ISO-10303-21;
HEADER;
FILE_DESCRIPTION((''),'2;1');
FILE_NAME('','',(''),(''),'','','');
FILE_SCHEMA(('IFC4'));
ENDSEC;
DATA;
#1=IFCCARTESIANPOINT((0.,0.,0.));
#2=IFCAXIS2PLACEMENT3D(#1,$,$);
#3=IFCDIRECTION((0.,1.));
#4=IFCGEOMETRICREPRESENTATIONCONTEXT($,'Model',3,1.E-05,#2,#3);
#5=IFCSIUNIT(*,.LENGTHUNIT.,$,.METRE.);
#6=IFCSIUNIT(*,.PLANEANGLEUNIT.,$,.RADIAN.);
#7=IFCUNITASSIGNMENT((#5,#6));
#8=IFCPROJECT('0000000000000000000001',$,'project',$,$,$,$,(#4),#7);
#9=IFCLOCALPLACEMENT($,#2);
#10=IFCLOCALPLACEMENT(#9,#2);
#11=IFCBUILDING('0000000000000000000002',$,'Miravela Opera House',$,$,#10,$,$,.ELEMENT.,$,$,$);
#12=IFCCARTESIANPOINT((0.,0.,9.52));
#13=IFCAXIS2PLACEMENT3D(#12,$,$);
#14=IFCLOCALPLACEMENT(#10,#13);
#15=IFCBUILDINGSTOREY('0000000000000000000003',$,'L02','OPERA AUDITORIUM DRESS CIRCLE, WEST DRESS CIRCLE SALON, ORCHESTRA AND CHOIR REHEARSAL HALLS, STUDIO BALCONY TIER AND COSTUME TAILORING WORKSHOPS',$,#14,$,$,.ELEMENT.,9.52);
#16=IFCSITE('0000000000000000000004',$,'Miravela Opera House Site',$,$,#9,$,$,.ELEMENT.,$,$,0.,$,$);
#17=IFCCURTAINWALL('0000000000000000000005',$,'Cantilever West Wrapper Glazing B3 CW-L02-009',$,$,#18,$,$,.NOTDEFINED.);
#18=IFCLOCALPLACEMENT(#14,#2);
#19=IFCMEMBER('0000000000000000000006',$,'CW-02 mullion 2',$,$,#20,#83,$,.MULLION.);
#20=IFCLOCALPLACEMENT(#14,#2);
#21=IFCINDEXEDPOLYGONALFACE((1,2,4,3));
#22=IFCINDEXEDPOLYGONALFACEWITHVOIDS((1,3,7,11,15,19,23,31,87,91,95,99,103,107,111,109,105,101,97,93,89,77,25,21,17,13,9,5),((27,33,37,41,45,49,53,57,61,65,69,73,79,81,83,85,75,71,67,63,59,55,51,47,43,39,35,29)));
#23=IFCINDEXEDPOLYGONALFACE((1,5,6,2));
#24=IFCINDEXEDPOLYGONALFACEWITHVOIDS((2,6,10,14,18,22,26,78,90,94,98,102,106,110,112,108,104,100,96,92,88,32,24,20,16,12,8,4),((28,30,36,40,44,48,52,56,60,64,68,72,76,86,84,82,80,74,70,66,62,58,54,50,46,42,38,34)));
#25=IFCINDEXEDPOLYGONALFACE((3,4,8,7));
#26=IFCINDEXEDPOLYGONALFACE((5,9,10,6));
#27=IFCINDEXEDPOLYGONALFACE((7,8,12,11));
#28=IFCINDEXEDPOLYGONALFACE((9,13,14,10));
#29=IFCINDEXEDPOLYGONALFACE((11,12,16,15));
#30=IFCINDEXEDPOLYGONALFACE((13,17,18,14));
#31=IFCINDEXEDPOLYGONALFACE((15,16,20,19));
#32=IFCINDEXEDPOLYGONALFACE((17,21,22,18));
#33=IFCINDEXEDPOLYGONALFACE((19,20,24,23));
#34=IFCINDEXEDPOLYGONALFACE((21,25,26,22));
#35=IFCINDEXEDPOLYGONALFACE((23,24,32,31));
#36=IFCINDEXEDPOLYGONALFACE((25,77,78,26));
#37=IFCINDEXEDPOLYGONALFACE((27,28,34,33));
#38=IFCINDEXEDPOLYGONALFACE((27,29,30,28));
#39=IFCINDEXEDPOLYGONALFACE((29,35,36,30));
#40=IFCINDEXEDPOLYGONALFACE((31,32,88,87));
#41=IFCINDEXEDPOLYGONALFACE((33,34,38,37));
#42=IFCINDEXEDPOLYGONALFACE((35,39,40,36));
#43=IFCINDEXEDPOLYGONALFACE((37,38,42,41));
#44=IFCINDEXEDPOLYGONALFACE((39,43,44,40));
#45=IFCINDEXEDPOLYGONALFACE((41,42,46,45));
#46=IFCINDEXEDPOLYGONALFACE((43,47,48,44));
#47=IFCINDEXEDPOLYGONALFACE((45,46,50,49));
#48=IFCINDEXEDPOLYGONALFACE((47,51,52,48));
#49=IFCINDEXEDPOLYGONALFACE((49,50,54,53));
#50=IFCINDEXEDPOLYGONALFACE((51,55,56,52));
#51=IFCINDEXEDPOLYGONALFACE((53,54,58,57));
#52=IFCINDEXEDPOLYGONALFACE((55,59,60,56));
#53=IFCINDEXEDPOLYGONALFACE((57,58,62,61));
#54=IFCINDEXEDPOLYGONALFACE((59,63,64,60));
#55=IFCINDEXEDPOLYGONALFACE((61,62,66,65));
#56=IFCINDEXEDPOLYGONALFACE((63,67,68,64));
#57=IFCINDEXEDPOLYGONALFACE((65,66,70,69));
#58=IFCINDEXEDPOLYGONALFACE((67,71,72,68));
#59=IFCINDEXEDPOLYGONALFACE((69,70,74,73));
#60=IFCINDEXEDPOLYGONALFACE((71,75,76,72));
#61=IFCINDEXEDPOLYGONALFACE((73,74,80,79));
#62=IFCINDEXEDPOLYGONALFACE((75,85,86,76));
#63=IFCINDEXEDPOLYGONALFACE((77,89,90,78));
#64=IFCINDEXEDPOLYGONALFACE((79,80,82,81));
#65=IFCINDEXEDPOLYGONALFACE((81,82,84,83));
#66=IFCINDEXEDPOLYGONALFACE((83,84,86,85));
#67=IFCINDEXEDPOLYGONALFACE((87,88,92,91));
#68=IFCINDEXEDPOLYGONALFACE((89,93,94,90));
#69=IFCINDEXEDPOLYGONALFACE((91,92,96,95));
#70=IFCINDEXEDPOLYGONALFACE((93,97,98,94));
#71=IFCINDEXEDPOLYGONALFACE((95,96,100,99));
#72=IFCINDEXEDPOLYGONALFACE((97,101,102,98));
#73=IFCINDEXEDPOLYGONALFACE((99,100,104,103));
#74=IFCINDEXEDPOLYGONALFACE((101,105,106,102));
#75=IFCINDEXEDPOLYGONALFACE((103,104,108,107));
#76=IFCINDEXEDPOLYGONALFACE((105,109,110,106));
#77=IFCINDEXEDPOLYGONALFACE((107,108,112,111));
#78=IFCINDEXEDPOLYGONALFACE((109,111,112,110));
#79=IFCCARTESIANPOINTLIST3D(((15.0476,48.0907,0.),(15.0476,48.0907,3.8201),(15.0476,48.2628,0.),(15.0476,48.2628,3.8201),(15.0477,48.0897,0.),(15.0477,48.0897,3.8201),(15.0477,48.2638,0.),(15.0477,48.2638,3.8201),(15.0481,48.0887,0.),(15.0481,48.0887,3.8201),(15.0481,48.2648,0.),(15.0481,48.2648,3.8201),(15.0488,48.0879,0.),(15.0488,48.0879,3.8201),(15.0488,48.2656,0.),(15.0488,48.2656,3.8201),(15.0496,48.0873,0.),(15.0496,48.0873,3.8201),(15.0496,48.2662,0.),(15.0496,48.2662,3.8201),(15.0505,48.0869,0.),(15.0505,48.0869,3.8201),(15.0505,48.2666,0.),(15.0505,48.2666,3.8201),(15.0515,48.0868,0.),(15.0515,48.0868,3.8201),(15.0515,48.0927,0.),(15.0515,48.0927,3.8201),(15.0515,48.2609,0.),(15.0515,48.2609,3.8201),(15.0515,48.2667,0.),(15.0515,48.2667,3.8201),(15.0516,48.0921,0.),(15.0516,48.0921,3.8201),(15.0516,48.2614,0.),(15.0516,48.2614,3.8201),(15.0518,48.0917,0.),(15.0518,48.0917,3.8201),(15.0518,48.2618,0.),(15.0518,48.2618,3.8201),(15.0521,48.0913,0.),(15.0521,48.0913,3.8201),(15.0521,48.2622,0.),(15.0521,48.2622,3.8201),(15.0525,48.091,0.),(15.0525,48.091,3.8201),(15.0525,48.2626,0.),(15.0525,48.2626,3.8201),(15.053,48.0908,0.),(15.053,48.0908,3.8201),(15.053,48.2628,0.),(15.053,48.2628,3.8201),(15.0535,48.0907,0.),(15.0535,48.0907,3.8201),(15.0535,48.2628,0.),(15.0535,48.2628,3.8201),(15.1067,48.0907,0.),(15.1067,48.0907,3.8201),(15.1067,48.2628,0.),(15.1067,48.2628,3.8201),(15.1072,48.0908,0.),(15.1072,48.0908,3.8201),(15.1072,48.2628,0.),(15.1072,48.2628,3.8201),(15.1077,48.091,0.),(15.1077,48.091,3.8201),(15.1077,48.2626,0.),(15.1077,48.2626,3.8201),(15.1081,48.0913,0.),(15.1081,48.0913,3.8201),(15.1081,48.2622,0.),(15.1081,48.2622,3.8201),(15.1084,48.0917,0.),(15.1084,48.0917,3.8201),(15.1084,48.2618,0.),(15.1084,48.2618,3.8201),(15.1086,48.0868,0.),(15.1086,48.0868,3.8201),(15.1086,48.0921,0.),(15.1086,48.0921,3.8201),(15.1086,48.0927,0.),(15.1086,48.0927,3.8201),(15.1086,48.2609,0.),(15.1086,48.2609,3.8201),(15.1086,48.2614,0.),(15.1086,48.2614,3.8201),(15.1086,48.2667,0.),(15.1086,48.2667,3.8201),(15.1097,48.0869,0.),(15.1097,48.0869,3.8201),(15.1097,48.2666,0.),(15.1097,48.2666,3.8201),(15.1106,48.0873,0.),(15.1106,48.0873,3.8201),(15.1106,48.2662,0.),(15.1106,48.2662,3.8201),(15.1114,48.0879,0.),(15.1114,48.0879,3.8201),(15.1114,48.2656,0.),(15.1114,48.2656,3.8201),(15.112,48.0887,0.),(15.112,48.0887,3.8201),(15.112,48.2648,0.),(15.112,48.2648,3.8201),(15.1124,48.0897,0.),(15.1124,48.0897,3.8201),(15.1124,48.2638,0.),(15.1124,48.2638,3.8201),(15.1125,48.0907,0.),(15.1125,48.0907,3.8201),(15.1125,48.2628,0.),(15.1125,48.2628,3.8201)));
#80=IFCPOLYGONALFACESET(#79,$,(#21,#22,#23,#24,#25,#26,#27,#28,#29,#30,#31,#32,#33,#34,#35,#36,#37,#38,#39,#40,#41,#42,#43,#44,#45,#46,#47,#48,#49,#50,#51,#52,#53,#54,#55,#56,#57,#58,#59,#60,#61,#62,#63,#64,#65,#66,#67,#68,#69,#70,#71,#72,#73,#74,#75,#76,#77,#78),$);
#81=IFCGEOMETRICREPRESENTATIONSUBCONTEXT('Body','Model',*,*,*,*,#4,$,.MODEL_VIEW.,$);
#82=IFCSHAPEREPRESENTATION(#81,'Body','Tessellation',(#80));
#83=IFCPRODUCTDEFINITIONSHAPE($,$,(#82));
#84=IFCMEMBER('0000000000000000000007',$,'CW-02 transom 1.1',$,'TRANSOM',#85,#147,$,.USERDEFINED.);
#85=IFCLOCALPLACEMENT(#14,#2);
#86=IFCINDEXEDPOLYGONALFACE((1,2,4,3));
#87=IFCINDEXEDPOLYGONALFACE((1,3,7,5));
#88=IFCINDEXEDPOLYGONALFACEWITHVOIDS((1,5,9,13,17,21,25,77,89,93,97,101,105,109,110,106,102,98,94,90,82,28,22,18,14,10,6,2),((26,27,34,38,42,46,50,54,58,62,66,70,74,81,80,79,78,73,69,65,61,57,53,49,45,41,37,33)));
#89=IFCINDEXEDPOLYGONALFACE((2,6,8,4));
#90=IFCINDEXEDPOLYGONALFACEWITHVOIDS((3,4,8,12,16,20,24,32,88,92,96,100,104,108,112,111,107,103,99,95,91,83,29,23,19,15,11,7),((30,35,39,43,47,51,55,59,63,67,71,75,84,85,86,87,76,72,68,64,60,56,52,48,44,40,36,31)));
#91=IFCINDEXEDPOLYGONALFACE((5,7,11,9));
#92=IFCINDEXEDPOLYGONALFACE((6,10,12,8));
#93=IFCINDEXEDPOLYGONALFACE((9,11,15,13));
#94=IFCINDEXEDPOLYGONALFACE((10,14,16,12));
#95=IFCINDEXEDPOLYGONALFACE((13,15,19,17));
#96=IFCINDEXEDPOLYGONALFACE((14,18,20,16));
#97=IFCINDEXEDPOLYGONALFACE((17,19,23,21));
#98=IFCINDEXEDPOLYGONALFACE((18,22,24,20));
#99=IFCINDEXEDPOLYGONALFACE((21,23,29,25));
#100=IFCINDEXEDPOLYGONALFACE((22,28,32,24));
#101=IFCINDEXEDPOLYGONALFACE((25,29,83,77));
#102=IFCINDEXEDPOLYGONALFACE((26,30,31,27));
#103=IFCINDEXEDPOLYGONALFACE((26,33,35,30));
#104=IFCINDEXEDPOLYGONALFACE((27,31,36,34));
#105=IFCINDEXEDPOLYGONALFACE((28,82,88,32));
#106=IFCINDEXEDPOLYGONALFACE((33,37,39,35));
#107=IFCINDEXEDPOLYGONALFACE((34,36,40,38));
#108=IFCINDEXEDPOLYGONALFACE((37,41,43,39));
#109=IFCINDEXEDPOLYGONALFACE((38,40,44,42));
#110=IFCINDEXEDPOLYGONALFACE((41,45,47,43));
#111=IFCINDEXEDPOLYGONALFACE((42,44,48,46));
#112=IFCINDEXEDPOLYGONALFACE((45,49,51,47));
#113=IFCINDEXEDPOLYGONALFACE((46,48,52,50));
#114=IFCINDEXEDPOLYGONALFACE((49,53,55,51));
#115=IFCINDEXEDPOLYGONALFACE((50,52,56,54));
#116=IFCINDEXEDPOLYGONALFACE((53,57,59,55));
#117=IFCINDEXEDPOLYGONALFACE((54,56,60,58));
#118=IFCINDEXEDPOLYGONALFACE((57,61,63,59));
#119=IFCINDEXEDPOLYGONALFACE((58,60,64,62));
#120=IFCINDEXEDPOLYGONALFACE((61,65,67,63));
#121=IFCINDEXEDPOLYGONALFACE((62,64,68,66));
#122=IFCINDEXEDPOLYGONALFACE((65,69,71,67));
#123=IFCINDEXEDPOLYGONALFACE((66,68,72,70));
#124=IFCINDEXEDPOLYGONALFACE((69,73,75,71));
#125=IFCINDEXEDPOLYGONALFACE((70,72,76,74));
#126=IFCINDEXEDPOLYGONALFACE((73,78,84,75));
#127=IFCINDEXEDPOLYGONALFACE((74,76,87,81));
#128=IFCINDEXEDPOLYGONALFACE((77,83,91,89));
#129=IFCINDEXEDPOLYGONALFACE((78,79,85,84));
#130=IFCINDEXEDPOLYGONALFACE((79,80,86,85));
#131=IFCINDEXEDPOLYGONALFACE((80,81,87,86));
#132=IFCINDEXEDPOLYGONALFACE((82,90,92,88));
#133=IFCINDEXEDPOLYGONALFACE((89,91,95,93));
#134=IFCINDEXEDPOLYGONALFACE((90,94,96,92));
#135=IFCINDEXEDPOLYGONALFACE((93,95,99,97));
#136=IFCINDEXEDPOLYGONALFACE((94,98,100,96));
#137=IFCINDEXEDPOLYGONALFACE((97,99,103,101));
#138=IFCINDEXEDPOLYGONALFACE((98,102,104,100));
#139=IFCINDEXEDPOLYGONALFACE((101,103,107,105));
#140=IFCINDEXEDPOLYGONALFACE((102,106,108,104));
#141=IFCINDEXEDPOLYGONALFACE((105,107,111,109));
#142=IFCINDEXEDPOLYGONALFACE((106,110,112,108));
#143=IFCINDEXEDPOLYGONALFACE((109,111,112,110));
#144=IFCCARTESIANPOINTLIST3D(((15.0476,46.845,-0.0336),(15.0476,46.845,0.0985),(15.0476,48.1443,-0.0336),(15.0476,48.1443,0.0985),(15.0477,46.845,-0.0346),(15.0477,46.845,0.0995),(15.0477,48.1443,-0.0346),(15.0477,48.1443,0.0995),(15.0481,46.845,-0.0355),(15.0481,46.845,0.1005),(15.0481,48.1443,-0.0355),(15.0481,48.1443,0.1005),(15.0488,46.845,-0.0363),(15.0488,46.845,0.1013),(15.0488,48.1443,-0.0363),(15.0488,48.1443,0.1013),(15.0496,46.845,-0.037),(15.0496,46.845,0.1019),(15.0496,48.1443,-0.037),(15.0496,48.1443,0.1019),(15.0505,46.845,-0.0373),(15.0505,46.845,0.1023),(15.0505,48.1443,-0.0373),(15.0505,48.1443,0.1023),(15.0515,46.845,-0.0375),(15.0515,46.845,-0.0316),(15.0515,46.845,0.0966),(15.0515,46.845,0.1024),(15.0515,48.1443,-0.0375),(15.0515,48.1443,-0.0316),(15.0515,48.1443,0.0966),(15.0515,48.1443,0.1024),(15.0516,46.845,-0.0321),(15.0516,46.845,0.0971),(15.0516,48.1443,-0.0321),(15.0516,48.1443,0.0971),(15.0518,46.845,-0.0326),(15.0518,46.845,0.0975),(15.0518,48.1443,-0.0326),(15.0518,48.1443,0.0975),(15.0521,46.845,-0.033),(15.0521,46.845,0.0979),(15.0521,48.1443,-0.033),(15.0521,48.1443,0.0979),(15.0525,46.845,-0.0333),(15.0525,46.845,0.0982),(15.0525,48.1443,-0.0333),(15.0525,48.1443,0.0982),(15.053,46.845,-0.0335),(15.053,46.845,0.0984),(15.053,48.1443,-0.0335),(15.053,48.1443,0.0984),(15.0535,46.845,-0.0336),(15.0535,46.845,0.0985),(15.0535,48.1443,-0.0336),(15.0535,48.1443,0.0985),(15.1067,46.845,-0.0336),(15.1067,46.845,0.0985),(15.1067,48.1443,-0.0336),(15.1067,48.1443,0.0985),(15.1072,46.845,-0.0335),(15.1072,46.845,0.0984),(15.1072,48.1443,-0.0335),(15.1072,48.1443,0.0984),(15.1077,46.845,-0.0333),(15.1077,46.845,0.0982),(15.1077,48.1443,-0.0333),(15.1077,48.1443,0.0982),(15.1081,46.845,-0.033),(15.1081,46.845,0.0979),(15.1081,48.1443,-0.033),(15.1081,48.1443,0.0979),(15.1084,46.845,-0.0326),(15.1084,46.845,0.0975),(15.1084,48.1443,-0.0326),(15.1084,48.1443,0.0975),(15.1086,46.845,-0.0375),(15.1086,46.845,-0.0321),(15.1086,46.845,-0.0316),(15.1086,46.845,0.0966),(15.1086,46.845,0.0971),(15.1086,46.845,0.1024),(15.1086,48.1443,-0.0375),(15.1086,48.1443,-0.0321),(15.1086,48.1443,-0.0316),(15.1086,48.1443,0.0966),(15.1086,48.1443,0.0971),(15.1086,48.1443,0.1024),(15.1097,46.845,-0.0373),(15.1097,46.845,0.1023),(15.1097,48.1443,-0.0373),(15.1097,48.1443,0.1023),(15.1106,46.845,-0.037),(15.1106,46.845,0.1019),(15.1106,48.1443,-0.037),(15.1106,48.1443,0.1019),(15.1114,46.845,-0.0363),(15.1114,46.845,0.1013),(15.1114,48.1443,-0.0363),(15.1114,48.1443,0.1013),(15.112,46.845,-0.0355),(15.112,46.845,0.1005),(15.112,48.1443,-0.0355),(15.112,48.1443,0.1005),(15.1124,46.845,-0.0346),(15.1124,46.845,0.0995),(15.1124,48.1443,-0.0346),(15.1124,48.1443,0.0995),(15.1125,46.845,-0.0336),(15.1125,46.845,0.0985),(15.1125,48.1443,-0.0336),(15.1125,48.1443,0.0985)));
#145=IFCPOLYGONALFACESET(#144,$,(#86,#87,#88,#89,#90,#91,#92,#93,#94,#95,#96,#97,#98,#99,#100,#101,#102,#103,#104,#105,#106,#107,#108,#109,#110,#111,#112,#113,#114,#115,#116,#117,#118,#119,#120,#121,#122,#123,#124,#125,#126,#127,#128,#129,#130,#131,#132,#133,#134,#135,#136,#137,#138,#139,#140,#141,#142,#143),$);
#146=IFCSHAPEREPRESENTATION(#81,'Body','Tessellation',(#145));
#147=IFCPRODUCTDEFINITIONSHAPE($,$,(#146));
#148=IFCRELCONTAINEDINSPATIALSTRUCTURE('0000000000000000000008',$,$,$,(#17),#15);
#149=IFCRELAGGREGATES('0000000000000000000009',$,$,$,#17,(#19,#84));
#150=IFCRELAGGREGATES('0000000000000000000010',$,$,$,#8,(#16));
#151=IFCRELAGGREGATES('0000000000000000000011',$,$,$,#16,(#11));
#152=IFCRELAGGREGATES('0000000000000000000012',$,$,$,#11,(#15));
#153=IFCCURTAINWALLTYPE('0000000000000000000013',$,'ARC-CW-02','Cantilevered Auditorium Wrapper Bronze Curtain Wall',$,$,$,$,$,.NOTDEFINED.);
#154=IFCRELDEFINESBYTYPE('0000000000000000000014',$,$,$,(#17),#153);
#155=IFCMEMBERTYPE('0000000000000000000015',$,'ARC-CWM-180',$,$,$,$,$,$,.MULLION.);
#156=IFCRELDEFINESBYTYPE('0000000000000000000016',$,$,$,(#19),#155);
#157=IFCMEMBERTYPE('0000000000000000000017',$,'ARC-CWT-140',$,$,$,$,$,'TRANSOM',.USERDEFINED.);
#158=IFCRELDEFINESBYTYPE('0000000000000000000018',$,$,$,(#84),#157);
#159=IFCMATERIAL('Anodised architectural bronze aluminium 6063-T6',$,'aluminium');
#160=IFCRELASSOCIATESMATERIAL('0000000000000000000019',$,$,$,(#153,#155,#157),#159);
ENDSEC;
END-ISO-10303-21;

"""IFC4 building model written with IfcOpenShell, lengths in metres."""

from ifc_helpers import new_model, si_unit, direction, frame, origin, origin_2d, place, context, subcontext, project, spatial, hollow_rectangle, extrude, material, material_profile, profile_set, type_object, element, aggregate, save


model = new_model("IFC4")

# Units and contexts
model_context = context("Model", 3, precision=1e-05, world=origin(), true_north=direction((0.0, 1.0)))
body_context = subcontext(model_context, "Body", "Model", "MODEL_VIEW")
ifc_project = project(units=[si_unit("LENGTHUNIT", "METRE"), si_unit("PLANEANGLEUNIT", "RADIAN")], contexts=[model_context])

# Site, building, storey
site_placement = place(None, origin())
site = spatial("IfcSite", under=ifc_project, at=site_placement, Name="Miravela Opera House Site", CompositionType="ELEMENT", RefElevation=0.0)
building_placement = place(site_placement, origin())
building = spatial("IfcBuilding", under=site, at=building_placement, Name="Miravela Opera House", CompositionType="ELEMENT")
storey_placement = place(building_placement, frame((0.0, 0.0, 9.52)))
storey = spatial("IfcBuildingStorey", under=building, at=storey_placement, Name="L02", Description="OPERA AUDITORIUM DRESS CIRCLE, WEST DRESS CIRCLE SALON, ORCHESTRA AND CHOIR REHEARSAL HALLS, STUDIO BALCONY TIER AND COSTUME TAILORING WORKSHOPS", CompositionType="ELEMENT", Elevation=9.52)

# Shared definitions
ifc_material_1 = material(Name="Anodised architectural bronze aluminium 6063-T6", Category="aluminium")
curtain_wall_type = type_object("IfcCurtainWallType", Name="ARC-CW-02", Description="Cantilevered Auditorium Wrapper Bronze Curtain Wall", PredefinedType="NOTDEFINED", material=ifc_material_1)
ifc_material_profile_1 = material_profile(ifc_material_1, hollow_rectangle(XDim=0.0649, YDim=0.1799, WallThickness=0.0039, InnerFilletRadius=0.002, OuterFilletRadius=0.0039, at=origin_2d()), Name="CWM-65X180")
ifc_profile_set_1 = profile_set([ifc_material_profile_1])
member_type_1 = type_object("IfcMemberType", Name="ARC-CWM-180", PredefinedType="MULLION", material=ifc_profile_set_1)

# Curtain wall, members
curtain_wall_1_placement = place(storey_placement, origin())
curtain_wall_1 = element("IfcCurtainWall", 1, at=curtain_wall_1_placement, inside=storey, type_object=curtain_wall_type, Name="Cantilever West Wrapper Glazing B3 CW-L02-009", PredefinedType="NOTDEFINED")
member_1_placement = place(storey_placement, frame((15.0801, 48.1768, 0.0), z_axis=(0.0, 0.0, 1.0), x_axis=(-1.0, 0.0, 0.0)))
member_1 = element("IfcMember", 2, at=member_1_placement, type_object=member_type_1, Name="CW-02 mullion 2", PredefinedType="MULLION", context=body_context, shape_type="SweptSolid", body=[
    extrude(hollow_rectangle(XDim=0.0649, YDim=0.1799, WallThickness=0.0039, InnerFilletRadius=0.002, OuterFilletRadius=0.0039, at=origin_2d()), origin(), (0.0, 0.0, 1.0), 3.8201),
])
ifc_material_profile_2 = material_profile(ifc_material_1, hollow_rectangle(XDim=0.0649, YDim=0.1399, WallThickness=0.0039, InnerFilletRadius=0.002, OuterFilletRadius=0.0039, at=origin_2d()), Name="CWT-65X140")
ifc_profile_set_2 = profile_set([ifc_material_profile_2])
member_type_2 = type_object("IfcMemberType", Name="ARC-CWT-140", ElementType="TRANSOM", PredefinedType="USERDEFINED", material=ifc_profile_set_2)
member_2_placement = place(storey_placement, frame((15.0801, 46.845, 0.0325), z_axis=(0.0, 1.0, 0.0), x_axis=(-1.0, 0.0, 0.0)))
member_2 = element("IfcMember", 3, at=member_2_placement, type_object=member_type_2, Name="CW-02 transom 1.1", ObjectType="TRANSOM", PredefinedType="USERDEFINED", context=body_context, shape_type="SweptSolid", body=[
    extrude(hollow_rectangle(XDim=0.0649, YDim=0.1399, WallThickness=0.0039, InnerFilletRadius=0.002, OuterFilletRadius=0.0039, at=origin_2d()), origin(), (0.0, 0.0, 1.0), 1.2993),
])

aggregate(curtain_wall_1, [member_1, member_2])

save(model, "model.ifc")
